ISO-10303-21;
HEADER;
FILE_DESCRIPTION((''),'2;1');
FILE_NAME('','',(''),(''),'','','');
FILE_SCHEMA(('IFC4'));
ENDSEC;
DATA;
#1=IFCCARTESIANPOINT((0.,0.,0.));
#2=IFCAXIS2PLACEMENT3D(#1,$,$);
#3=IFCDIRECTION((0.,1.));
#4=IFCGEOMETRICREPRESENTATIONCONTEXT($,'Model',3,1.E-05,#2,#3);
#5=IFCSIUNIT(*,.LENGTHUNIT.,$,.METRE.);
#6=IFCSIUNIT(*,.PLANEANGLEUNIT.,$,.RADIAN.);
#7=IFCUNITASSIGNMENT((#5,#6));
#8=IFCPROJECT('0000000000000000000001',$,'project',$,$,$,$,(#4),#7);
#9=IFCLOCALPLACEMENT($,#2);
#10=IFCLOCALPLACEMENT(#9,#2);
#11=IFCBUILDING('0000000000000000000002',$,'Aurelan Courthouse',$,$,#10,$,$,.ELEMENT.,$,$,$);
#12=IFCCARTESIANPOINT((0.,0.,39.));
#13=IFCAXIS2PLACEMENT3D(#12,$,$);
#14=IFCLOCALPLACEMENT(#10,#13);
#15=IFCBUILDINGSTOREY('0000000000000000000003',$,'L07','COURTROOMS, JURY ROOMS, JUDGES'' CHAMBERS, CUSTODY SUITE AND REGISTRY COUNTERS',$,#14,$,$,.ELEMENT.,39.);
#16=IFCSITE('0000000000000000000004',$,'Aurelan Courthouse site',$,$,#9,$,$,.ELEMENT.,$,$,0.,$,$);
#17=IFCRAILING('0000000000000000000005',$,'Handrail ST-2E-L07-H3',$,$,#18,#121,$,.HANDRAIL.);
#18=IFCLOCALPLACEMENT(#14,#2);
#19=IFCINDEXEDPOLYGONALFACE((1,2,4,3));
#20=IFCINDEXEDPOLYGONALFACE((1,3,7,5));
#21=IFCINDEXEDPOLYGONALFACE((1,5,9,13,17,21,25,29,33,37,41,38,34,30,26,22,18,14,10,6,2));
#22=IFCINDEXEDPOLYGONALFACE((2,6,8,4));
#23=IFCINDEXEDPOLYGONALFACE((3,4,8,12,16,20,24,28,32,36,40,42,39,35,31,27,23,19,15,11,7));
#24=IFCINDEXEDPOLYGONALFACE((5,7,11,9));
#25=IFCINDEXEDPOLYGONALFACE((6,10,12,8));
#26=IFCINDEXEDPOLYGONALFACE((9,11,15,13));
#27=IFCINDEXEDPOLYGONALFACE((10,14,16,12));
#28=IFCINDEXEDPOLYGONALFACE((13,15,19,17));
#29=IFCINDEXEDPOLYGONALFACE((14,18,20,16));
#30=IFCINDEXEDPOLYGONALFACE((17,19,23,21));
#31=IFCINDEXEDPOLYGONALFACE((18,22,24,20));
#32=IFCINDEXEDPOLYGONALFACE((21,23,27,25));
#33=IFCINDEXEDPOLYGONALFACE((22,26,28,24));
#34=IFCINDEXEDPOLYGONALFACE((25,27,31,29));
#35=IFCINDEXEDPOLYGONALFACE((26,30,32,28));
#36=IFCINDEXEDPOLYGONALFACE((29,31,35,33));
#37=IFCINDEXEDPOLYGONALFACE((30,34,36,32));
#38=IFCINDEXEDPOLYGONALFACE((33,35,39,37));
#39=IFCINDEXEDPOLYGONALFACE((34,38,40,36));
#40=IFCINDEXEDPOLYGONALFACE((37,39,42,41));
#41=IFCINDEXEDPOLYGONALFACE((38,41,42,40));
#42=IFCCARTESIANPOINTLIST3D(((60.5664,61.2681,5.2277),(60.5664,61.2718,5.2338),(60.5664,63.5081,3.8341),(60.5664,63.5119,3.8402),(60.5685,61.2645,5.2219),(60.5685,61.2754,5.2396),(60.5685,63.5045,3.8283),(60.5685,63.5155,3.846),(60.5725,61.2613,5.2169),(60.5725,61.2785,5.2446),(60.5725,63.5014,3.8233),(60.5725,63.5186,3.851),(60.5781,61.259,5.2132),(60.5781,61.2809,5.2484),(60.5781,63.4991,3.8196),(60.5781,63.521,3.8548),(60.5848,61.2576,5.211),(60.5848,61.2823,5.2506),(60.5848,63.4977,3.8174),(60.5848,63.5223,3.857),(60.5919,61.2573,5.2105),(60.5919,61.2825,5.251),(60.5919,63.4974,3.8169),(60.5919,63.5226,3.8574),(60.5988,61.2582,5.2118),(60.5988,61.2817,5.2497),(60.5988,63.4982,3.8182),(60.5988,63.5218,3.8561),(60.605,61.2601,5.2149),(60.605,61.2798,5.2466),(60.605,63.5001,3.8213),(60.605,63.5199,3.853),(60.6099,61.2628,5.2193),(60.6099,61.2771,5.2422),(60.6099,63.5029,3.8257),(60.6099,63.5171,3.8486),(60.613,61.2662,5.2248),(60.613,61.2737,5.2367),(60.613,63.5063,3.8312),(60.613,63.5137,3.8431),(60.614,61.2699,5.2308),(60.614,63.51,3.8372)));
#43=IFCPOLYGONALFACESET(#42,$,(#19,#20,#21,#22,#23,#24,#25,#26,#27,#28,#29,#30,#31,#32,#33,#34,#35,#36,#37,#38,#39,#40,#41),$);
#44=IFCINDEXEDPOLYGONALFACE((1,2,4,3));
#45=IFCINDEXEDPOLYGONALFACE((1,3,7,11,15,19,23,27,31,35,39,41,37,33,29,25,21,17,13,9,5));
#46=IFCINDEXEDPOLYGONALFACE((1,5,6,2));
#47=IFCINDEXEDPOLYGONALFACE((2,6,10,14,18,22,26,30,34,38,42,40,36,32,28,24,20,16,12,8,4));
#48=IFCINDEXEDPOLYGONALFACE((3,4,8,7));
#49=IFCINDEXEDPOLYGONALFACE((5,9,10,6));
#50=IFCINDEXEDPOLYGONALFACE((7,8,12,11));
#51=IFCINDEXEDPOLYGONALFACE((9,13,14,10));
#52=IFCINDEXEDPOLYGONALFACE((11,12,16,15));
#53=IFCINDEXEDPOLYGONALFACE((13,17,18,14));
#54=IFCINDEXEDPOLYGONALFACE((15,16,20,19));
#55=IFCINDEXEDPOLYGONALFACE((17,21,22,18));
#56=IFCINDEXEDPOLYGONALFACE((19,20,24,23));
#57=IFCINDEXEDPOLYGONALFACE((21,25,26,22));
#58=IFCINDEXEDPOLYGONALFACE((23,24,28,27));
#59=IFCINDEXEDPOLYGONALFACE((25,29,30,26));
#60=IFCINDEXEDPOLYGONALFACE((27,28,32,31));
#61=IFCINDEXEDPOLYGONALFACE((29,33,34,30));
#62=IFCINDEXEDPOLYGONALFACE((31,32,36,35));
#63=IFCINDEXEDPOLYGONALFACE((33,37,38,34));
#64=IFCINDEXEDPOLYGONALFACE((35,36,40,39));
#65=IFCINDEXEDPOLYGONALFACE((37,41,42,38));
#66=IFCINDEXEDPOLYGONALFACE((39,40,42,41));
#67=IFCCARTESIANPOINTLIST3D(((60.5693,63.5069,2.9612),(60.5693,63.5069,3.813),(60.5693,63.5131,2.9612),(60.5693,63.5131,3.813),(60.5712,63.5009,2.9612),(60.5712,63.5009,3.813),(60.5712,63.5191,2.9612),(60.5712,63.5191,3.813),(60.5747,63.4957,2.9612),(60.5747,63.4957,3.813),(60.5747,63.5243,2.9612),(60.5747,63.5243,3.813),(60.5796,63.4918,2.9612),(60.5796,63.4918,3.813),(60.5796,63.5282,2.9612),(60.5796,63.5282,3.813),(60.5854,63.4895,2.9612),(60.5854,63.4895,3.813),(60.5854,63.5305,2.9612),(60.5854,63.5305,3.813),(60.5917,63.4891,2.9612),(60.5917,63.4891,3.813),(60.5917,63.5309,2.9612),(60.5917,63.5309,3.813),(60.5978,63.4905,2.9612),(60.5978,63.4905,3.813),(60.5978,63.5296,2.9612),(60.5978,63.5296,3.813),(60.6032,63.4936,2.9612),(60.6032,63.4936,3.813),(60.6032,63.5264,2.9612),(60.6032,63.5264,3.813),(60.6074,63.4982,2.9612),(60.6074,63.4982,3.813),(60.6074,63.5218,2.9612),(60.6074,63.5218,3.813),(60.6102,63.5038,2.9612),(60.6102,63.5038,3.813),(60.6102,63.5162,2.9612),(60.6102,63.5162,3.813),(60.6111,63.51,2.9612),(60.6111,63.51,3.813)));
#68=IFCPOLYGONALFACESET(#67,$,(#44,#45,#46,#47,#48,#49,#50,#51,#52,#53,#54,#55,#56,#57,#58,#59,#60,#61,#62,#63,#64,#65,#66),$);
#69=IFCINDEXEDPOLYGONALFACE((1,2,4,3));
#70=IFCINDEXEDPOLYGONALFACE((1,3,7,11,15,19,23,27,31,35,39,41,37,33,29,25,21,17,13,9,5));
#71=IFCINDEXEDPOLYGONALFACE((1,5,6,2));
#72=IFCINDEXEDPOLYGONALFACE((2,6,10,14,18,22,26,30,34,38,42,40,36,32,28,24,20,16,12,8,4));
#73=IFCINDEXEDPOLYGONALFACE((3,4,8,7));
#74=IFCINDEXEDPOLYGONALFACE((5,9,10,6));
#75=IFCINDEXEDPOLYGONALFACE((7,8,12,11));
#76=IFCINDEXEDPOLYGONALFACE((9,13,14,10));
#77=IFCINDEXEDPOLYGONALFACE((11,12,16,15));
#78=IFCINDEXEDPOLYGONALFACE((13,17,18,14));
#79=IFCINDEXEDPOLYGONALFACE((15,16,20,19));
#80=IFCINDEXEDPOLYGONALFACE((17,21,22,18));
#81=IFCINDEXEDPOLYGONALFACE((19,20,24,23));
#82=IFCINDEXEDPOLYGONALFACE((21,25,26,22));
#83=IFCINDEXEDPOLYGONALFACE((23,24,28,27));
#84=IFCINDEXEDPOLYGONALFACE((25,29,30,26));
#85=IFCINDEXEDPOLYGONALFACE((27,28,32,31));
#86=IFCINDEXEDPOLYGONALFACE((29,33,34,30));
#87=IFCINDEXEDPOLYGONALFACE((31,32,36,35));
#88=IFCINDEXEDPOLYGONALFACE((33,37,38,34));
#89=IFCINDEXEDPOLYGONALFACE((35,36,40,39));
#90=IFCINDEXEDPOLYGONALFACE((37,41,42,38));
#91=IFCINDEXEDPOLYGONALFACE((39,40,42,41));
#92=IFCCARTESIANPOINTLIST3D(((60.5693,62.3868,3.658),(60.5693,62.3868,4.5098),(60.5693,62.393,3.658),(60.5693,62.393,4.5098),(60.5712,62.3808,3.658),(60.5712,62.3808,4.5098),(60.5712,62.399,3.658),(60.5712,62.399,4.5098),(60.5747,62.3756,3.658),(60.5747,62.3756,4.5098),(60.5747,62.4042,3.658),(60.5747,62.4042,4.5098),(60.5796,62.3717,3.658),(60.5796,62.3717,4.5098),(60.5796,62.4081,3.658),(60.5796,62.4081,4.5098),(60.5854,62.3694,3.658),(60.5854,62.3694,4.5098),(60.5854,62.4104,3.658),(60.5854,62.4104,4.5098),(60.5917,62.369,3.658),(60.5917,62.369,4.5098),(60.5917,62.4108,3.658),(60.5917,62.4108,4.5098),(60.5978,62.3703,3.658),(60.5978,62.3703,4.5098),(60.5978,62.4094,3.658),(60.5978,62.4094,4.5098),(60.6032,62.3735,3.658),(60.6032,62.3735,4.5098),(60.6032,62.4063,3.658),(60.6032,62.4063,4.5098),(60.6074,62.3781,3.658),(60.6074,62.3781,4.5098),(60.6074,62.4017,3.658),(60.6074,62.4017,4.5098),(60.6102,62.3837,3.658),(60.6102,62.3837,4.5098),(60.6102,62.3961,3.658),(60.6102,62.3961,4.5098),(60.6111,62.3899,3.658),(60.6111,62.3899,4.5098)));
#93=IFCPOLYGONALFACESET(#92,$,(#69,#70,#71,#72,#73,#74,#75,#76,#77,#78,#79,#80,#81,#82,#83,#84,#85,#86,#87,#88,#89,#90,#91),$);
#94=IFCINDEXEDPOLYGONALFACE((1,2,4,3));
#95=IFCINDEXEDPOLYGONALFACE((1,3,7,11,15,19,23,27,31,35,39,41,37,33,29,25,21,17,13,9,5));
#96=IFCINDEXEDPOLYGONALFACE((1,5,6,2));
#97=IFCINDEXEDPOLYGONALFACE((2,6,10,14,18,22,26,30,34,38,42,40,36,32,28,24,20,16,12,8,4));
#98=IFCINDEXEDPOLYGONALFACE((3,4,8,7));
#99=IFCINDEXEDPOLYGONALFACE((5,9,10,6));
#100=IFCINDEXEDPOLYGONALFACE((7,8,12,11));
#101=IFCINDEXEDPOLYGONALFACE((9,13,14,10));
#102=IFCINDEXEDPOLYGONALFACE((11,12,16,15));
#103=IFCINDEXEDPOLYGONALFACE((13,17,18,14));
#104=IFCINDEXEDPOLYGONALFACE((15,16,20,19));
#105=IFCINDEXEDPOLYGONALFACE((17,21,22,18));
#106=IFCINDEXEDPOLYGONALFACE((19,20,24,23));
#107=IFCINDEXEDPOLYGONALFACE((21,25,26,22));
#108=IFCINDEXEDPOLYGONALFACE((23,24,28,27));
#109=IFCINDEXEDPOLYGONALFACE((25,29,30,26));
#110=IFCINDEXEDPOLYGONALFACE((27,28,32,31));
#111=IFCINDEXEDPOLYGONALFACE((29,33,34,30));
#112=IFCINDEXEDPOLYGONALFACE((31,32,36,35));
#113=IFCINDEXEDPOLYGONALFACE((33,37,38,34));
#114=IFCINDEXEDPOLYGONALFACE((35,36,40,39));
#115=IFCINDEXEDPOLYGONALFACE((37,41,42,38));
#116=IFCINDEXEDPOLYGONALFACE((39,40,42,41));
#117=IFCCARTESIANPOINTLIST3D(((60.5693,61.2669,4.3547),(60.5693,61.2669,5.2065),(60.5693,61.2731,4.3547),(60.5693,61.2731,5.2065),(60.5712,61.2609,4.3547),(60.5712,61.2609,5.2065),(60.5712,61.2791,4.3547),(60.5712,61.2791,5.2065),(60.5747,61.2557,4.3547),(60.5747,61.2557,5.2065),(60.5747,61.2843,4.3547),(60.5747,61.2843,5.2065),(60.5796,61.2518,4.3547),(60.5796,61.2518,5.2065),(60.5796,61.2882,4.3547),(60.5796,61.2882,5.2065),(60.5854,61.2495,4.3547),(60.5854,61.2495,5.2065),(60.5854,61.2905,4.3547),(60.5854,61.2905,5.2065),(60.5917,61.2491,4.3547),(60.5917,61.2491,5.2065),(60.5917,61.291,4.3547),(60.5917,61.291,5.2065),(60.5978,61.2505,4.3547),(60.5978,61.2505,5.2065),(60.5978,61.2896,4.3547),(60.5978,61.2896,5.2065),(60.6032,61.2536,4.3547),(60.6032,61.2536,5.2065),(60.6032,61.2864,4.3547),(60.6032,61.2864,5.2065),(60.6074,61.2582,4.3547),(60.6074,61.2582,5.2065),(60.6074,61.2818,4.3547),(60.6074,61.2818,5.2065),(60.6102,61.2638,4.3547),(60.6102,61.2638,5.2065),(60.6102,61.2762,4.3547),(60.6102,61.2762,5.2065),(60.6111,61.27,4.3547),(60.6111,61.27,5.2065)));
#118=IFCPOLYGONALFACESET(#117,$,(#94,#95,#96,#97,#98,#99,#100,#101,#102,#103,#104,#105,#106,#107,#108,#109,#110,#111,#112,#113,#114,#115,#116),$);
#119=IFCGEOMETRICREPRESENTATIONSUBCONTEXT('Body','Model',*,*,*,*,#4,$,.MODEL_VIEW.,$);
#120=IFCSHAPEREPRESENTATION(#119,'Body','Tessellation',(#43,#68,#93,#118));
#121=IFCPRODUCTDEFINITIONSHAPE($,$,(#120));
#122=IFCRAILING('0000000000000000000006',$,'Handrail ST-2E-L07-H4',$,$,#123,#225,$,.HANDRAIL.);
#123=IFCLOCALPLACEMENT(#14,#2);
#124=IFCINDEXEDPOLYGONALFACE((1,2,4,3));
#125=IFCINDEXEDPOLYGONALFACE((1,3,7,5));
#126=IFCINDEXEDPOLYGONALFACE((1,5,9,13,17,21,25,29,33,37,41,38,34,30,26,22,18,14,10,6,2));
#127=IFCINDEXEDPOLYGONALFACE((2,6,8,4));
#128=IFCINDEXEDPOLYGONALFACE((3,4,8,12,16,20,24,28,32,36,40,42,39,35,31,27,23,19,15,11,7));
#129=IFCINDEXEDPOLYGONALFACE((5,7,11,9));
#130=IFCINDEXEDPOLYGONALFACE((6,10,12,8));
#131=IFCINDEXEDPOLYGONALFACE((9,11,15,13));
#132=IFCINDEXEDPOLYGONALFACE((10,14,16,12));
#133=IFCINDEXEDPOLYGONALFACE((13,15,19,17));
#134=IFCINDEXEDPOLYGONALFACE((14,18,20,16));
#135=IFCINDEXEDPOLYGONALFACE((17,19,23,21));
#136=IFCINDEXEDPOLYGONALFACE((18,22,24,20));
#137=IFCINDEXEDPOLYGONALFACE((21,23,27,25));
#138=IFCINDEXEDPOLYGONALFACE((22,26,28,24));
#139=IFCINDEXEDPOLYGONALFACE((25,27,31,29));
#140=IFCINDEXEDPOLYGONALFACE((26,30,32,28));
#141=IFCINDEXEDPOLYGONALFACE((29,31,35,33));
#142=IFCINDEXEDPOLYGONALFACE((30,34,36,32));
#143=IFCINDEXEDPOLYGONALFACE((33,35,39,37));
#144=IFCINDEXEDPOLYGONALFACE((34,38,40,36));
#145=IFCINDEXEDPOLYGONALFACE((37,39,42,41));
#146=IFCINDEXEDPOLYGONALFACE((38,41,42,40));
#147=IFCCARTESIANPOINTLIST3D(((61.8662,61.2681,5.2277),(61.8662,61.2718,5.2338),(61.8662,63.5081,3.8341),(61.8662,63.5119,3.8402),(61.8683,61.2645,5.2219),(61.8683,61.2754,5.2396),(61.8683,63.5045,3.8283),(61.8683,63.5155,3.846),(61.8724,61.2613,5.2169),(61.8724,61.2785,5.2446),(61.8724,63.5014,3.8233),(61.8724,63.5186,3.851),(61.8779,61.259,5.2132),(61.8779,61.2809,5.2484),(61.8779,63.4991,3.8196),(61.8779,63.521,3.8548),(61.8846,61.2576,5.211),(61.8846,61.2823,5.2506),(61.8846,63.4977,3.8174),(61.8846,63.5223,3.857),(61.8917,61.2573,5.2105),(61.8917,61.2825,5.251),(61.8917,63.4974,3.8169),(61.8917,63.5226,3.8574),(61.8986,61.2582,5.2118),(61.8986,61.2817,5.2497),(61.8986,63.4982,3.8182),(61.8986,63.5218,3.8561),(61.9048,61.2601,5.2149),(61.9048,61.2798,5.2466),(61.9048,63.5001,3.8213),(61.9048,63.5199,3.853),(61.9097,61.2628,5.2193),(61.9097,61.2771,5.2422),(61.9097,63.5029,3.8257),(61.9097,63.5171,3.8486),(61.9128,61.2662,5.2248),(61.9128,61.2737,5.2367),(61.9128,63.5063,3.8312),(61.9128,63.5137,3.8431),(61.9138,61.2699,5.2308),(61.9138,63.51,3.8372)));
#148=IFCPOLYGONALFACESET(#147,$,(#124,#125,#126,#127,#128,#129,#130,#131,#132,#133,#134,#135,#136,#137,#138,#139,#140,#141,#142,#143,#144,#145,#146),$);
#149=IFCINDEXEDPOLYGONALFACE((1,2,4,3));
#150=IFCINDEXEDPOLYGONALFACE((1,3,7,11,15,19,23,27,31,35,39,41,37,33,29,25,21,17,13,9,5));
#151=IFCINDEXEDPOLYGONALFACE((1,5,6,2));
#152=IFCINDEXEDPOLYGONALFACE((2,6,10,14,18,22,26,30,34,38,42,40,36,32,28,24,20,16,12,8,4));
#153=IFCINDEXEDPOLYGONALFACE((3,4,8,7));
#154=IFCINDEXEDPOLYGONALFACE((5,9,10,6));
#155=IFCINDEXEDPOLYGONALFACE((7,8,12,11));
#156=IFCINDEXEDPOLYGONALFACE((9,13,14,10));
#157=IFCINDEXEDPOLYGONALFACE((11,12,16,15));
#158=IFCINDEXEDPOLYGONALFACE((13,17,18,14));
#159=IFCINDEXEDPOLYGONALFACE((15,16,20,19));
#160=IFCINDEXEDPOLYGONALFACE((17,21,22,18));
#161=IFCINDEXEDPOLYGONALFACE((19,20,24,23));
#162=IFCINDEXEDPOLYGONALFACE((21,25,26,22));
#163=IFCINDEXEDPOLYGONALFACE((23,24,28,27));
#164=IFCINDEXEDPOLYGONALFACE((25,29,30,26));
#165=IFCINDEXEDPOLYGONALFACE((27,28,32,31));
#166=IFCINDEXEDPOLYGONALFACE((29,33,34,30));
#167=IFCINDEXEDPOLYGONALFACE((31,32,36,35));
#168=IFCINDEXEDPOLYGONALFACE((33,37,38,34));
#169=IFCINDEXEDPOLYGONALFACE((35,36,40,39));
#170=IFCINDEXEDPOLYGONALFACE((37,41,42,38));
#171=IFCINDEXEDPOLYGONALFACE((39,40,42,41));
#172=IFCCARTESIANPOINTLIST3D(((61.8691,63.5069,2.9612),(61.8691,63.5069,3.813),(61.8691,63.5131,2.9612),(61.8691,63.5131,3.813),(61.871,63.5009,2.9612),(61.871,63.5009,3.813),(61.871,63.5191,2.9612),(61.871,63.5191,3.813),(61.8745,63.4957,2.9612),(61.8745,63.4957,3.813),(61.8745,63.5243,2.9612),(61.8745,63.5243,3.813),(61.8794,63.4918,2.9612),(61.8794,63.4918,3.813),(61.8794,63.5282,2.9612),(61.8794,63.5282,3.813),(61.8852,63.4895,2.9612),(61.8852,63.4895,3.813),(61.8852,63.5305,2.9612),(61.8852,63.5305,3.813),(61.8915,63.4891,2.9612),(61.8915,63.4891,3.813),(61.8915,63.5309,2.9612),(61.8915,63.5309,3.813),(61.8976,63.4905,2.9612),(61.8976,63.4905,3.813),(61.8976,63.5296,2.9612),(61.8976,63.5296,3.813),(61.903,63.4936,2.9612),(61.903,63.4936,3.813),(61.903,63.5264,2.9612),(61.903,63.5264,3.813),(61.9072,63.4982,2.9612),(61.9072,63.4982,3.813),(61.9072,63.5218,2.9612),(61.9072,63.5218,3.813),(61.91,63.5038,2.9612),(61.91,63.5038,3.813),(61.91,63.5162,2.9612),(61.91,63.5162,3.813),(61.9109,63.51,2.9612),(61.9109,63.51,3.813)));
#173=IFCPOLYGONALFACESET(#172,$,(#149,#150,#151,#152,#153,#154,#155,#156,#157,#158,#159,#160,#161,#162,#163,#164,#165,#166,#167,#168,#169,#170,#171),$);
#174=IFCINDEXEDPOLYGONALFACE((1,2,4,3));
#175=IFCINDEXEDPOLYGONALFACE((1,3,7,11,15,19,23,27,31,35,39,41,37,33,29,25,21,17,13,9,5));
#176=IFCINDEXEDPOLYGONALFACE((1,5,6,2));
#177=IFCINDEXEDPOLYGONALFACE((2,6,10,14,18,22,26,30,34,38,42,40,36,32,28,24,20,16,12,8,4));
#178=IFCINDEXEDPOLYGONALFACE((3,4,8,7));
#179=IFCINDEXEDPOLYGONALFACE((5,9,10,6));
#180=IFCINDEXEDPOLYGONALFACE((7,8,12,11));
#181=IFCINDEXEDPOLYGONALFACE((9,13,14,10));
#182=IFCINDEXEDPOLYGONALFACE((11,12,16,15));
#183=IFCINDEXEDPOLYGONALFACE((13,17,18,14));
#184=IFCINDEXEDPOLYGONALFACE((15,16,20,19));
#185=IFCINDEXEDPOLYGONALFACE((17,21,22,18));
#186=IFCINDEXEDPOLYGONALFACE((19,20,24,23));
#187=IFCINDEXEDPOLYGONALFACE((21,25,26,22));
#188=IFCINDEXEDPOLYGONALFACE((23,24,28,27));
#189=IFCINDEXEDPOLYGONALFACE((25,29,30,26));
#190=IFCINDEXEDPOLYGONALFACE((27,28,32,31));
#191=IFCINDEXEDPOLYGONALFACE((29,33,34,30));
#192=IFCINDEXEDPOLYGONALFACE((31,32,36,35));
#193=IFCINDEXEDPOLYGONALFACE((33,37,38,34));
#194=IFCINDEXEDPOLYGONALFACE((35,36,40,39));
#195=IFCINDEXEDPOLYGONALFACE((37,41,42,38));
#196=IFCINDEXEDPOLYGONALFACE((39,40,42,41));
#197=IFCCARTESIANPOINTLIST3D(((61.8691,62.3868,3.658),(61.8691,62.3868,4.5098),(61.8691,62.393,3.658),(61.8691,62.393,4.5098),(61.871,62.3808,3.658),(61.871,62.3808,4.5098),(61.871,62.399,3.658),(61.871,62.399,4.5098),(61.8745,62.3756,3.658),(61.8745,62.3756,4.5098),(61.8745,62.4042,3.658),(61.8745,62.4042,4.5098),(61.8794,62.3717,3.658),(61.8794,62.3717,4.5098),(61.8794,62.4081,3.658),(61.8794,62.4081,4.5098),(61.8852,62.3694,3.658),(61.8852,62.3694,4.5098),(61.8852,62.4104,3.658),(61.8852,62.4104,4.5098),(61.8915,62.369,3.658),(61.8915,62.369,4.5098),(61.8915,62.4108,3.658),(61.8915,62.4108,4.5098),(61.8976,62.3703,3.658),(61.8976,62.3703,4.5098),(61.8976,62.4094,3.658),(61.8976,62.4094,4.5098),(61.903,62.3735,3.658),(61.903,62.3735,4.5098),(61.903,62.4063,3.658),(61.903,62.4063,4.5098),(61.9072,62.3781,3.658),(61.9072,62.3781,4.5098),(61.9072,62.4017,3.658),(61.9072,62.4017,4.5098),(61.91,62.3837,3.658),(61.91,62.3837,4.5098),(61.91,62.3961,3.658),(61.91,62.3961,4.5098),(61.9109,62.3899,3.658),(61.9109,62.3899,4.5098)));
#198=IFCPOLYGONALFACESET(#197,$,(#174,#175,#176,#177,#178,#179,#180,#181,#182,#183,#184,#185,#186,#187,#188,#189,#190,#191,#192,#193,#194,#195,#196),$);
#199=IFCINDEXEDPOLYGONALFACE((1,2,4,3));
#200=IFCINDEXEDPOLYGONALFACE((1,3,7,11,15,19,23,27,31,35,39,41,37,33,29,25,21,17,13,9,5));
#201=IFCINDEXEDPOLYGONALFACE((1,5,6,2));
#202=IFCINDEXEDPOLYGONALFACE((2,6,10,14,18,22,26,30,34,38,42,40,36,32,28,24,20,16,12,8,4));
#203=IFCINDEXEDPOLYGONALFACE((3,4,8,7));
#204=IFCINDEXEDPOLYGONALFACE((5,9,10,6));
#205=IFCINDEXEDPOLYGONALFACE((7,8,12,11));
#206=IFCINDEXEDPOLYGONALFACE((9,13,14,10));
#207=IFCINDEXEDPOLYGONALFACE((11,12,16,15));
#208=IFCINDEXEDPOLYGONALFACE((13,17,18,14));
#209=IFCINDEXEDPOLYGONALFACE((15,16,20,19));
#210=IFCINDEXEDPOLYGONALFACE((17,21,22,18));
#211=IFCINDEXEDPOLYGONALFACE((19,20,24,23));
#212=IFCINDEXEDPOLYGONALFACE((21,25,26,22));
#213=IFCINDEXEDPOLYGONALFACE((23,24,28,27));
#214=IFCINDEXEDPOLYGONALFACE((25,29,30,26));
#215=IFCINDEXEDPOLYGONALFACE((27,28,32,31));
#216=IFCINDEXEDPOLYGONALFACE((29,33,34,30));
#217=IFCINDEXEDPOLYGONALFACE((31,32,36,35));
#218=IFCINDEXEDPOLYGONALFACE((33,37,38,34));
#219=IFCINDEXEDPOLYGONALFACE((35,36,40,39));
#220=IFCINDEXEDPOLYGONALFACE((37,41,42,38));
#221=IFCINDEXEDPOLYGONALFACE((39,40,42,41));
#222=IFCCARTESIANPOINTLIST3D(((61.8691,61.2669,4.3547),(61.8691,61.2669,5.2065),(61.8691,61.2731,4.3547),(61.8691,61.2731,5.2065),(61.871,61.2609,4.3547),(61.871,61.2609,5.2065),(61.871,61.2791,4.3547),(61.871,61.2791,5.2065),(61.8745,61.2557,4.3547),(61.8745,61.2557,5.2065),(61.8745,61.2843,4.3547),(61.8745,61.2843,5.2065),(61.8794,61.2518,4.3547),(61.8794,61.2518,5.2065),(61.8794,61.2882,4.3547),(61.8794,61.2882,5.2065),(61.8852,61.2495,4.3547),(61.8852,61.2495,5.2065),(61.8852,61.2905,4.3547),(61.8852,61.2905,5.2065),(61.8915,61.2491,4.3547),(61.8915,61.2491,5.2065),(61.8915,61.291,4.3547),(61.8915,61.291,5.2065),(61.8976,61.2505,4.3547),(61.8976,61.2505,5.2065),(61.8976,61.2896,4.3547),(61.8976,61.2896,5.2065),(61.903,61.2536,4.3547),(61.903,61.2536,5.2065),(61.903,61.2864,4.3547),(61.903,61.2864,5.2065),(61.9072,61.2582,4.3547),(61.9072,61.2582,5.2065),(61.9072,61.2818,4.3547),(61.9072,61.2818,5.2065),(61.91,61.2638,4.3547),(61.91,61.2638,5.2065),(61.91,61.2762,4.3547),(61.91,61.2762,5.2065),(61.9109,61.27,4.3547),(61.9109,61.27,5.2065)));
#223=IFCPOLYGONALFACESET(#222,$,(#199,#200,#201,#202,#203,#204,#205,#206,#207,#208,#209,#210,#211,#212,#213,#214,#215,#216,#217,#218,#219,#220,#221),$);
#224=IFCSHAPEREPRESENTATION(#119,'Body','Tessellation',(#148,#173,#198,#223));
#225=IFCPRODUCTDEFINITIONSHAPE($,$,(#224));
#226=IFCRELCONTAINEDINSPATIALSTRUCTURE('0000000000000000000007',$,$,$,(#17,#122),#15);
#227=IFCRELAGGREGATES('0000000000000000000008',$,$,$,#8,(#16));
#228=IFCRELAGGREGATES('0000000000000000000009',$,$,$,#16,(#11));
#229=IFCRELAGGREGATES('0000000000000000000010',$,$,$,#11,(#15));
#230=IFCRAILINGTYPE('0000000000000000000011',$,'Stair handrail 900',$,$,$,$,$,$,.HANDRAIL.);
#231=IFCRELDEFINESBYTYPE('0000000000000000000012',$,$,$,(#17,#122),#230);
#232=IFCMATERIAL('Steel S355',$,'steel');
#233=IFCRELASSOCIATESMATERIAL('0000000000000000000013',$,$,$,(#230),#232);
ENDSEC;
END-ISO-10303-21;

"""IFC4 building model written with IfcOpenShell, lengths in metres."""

from ifc_helpers import new_model, si_unit, direction, frame, origin, origin_2d, place, context, subcontext, project, spatial, circle, extrude, material, type_object, element, save


model = new_model("IFC4")

# Units and contexts
model_context = context("Model", 3, precision=1e-05, world=origin(), true_north=direction((0.0, 1.0)))
body_context = subcontext(model_context, "Body", "Model", "MODEL_VIEW")
ifc_project = project(units=[si_unit("LENGTHUNIT", "METRE"), si_unit("PLANEANGLEUNIT", "RADIAN")], contexts=[model_context])

# Site, building, storey
site_placement = place(None, origin())
site = spatial("IfcSite", under=ifc_project, at=site_placement, Name="Aurelan Courthouse site", CompositionType="ELEMENT", RefElevation=0.0)
building_placement = place(site_placement, origin())
building = spatial("IfcBuilding", under=site, at=building_placement, Name="Aurelan Courthouse", CompositionType="ELEMENT")
storey_placement = place(building_placement, frame((0.0, 0.0, 39.0)))
storey = spatial("IfcBuildingStorey", under=building, at=storey_placement, Name="L07", Description="COURTROOMS, JURY ROOMS, JUDGES' CHAMBERS, CUSTODY SUITE AND REGISTRY COUNTERS", CompositionType="ELEMENT", Elevation=39.0)

# Railings
ifc_material_1 = material(Name="Steel S355", Category="steel")
railing_type_1 = type_object("IfcRailingType", Name="Stair handrail 900", PredefinedType="HANDRAIL", material=ifc_material_1)
for number, where, name in (
    (1, (60.5901, 63.51, 2.9612), "Handrail ST-2E-L07-H3"),
    (2, (61.8899, 63.51, 2.9612), "Handrail ST-2E-L07-H4"),
):
    element("IfcRailing", number, at=place(storey_placement, frame(where)), inside=storey, type_object=railing_type_1, Name=name, PredefinedType="HANDRAIL", context=body_context, shape_type="SweptSolid", body=[
        extrude(circle(Radius=0.0239, at=origin_2d()), frame((0.0, 0.0, 0.876), z_axis=(0.0, -0.849094, 0.528243), x_axis=(1.0, 0.0, 0.0)), (0.0, 0.0, 1.0), 2.6382),
        extrude(circle(Radius=0.021, at=origin_2d()), origin(), (0.0, 0.0, 1.0), 0.8518),
        extrude(circle(Radius=0.021, at=origin_2d()), frame((0.0, -1.1201, 0.6968)), (0.0, 0.0, 1.0), 0.8518),
        extrude(circle(Radius=0.021, at=origin_2d()), frame((0.0, -2.24, 1.3936)), (0.0, 0.0, 1.0), 0.8518),
    ])

save(model, "model.ifc")
